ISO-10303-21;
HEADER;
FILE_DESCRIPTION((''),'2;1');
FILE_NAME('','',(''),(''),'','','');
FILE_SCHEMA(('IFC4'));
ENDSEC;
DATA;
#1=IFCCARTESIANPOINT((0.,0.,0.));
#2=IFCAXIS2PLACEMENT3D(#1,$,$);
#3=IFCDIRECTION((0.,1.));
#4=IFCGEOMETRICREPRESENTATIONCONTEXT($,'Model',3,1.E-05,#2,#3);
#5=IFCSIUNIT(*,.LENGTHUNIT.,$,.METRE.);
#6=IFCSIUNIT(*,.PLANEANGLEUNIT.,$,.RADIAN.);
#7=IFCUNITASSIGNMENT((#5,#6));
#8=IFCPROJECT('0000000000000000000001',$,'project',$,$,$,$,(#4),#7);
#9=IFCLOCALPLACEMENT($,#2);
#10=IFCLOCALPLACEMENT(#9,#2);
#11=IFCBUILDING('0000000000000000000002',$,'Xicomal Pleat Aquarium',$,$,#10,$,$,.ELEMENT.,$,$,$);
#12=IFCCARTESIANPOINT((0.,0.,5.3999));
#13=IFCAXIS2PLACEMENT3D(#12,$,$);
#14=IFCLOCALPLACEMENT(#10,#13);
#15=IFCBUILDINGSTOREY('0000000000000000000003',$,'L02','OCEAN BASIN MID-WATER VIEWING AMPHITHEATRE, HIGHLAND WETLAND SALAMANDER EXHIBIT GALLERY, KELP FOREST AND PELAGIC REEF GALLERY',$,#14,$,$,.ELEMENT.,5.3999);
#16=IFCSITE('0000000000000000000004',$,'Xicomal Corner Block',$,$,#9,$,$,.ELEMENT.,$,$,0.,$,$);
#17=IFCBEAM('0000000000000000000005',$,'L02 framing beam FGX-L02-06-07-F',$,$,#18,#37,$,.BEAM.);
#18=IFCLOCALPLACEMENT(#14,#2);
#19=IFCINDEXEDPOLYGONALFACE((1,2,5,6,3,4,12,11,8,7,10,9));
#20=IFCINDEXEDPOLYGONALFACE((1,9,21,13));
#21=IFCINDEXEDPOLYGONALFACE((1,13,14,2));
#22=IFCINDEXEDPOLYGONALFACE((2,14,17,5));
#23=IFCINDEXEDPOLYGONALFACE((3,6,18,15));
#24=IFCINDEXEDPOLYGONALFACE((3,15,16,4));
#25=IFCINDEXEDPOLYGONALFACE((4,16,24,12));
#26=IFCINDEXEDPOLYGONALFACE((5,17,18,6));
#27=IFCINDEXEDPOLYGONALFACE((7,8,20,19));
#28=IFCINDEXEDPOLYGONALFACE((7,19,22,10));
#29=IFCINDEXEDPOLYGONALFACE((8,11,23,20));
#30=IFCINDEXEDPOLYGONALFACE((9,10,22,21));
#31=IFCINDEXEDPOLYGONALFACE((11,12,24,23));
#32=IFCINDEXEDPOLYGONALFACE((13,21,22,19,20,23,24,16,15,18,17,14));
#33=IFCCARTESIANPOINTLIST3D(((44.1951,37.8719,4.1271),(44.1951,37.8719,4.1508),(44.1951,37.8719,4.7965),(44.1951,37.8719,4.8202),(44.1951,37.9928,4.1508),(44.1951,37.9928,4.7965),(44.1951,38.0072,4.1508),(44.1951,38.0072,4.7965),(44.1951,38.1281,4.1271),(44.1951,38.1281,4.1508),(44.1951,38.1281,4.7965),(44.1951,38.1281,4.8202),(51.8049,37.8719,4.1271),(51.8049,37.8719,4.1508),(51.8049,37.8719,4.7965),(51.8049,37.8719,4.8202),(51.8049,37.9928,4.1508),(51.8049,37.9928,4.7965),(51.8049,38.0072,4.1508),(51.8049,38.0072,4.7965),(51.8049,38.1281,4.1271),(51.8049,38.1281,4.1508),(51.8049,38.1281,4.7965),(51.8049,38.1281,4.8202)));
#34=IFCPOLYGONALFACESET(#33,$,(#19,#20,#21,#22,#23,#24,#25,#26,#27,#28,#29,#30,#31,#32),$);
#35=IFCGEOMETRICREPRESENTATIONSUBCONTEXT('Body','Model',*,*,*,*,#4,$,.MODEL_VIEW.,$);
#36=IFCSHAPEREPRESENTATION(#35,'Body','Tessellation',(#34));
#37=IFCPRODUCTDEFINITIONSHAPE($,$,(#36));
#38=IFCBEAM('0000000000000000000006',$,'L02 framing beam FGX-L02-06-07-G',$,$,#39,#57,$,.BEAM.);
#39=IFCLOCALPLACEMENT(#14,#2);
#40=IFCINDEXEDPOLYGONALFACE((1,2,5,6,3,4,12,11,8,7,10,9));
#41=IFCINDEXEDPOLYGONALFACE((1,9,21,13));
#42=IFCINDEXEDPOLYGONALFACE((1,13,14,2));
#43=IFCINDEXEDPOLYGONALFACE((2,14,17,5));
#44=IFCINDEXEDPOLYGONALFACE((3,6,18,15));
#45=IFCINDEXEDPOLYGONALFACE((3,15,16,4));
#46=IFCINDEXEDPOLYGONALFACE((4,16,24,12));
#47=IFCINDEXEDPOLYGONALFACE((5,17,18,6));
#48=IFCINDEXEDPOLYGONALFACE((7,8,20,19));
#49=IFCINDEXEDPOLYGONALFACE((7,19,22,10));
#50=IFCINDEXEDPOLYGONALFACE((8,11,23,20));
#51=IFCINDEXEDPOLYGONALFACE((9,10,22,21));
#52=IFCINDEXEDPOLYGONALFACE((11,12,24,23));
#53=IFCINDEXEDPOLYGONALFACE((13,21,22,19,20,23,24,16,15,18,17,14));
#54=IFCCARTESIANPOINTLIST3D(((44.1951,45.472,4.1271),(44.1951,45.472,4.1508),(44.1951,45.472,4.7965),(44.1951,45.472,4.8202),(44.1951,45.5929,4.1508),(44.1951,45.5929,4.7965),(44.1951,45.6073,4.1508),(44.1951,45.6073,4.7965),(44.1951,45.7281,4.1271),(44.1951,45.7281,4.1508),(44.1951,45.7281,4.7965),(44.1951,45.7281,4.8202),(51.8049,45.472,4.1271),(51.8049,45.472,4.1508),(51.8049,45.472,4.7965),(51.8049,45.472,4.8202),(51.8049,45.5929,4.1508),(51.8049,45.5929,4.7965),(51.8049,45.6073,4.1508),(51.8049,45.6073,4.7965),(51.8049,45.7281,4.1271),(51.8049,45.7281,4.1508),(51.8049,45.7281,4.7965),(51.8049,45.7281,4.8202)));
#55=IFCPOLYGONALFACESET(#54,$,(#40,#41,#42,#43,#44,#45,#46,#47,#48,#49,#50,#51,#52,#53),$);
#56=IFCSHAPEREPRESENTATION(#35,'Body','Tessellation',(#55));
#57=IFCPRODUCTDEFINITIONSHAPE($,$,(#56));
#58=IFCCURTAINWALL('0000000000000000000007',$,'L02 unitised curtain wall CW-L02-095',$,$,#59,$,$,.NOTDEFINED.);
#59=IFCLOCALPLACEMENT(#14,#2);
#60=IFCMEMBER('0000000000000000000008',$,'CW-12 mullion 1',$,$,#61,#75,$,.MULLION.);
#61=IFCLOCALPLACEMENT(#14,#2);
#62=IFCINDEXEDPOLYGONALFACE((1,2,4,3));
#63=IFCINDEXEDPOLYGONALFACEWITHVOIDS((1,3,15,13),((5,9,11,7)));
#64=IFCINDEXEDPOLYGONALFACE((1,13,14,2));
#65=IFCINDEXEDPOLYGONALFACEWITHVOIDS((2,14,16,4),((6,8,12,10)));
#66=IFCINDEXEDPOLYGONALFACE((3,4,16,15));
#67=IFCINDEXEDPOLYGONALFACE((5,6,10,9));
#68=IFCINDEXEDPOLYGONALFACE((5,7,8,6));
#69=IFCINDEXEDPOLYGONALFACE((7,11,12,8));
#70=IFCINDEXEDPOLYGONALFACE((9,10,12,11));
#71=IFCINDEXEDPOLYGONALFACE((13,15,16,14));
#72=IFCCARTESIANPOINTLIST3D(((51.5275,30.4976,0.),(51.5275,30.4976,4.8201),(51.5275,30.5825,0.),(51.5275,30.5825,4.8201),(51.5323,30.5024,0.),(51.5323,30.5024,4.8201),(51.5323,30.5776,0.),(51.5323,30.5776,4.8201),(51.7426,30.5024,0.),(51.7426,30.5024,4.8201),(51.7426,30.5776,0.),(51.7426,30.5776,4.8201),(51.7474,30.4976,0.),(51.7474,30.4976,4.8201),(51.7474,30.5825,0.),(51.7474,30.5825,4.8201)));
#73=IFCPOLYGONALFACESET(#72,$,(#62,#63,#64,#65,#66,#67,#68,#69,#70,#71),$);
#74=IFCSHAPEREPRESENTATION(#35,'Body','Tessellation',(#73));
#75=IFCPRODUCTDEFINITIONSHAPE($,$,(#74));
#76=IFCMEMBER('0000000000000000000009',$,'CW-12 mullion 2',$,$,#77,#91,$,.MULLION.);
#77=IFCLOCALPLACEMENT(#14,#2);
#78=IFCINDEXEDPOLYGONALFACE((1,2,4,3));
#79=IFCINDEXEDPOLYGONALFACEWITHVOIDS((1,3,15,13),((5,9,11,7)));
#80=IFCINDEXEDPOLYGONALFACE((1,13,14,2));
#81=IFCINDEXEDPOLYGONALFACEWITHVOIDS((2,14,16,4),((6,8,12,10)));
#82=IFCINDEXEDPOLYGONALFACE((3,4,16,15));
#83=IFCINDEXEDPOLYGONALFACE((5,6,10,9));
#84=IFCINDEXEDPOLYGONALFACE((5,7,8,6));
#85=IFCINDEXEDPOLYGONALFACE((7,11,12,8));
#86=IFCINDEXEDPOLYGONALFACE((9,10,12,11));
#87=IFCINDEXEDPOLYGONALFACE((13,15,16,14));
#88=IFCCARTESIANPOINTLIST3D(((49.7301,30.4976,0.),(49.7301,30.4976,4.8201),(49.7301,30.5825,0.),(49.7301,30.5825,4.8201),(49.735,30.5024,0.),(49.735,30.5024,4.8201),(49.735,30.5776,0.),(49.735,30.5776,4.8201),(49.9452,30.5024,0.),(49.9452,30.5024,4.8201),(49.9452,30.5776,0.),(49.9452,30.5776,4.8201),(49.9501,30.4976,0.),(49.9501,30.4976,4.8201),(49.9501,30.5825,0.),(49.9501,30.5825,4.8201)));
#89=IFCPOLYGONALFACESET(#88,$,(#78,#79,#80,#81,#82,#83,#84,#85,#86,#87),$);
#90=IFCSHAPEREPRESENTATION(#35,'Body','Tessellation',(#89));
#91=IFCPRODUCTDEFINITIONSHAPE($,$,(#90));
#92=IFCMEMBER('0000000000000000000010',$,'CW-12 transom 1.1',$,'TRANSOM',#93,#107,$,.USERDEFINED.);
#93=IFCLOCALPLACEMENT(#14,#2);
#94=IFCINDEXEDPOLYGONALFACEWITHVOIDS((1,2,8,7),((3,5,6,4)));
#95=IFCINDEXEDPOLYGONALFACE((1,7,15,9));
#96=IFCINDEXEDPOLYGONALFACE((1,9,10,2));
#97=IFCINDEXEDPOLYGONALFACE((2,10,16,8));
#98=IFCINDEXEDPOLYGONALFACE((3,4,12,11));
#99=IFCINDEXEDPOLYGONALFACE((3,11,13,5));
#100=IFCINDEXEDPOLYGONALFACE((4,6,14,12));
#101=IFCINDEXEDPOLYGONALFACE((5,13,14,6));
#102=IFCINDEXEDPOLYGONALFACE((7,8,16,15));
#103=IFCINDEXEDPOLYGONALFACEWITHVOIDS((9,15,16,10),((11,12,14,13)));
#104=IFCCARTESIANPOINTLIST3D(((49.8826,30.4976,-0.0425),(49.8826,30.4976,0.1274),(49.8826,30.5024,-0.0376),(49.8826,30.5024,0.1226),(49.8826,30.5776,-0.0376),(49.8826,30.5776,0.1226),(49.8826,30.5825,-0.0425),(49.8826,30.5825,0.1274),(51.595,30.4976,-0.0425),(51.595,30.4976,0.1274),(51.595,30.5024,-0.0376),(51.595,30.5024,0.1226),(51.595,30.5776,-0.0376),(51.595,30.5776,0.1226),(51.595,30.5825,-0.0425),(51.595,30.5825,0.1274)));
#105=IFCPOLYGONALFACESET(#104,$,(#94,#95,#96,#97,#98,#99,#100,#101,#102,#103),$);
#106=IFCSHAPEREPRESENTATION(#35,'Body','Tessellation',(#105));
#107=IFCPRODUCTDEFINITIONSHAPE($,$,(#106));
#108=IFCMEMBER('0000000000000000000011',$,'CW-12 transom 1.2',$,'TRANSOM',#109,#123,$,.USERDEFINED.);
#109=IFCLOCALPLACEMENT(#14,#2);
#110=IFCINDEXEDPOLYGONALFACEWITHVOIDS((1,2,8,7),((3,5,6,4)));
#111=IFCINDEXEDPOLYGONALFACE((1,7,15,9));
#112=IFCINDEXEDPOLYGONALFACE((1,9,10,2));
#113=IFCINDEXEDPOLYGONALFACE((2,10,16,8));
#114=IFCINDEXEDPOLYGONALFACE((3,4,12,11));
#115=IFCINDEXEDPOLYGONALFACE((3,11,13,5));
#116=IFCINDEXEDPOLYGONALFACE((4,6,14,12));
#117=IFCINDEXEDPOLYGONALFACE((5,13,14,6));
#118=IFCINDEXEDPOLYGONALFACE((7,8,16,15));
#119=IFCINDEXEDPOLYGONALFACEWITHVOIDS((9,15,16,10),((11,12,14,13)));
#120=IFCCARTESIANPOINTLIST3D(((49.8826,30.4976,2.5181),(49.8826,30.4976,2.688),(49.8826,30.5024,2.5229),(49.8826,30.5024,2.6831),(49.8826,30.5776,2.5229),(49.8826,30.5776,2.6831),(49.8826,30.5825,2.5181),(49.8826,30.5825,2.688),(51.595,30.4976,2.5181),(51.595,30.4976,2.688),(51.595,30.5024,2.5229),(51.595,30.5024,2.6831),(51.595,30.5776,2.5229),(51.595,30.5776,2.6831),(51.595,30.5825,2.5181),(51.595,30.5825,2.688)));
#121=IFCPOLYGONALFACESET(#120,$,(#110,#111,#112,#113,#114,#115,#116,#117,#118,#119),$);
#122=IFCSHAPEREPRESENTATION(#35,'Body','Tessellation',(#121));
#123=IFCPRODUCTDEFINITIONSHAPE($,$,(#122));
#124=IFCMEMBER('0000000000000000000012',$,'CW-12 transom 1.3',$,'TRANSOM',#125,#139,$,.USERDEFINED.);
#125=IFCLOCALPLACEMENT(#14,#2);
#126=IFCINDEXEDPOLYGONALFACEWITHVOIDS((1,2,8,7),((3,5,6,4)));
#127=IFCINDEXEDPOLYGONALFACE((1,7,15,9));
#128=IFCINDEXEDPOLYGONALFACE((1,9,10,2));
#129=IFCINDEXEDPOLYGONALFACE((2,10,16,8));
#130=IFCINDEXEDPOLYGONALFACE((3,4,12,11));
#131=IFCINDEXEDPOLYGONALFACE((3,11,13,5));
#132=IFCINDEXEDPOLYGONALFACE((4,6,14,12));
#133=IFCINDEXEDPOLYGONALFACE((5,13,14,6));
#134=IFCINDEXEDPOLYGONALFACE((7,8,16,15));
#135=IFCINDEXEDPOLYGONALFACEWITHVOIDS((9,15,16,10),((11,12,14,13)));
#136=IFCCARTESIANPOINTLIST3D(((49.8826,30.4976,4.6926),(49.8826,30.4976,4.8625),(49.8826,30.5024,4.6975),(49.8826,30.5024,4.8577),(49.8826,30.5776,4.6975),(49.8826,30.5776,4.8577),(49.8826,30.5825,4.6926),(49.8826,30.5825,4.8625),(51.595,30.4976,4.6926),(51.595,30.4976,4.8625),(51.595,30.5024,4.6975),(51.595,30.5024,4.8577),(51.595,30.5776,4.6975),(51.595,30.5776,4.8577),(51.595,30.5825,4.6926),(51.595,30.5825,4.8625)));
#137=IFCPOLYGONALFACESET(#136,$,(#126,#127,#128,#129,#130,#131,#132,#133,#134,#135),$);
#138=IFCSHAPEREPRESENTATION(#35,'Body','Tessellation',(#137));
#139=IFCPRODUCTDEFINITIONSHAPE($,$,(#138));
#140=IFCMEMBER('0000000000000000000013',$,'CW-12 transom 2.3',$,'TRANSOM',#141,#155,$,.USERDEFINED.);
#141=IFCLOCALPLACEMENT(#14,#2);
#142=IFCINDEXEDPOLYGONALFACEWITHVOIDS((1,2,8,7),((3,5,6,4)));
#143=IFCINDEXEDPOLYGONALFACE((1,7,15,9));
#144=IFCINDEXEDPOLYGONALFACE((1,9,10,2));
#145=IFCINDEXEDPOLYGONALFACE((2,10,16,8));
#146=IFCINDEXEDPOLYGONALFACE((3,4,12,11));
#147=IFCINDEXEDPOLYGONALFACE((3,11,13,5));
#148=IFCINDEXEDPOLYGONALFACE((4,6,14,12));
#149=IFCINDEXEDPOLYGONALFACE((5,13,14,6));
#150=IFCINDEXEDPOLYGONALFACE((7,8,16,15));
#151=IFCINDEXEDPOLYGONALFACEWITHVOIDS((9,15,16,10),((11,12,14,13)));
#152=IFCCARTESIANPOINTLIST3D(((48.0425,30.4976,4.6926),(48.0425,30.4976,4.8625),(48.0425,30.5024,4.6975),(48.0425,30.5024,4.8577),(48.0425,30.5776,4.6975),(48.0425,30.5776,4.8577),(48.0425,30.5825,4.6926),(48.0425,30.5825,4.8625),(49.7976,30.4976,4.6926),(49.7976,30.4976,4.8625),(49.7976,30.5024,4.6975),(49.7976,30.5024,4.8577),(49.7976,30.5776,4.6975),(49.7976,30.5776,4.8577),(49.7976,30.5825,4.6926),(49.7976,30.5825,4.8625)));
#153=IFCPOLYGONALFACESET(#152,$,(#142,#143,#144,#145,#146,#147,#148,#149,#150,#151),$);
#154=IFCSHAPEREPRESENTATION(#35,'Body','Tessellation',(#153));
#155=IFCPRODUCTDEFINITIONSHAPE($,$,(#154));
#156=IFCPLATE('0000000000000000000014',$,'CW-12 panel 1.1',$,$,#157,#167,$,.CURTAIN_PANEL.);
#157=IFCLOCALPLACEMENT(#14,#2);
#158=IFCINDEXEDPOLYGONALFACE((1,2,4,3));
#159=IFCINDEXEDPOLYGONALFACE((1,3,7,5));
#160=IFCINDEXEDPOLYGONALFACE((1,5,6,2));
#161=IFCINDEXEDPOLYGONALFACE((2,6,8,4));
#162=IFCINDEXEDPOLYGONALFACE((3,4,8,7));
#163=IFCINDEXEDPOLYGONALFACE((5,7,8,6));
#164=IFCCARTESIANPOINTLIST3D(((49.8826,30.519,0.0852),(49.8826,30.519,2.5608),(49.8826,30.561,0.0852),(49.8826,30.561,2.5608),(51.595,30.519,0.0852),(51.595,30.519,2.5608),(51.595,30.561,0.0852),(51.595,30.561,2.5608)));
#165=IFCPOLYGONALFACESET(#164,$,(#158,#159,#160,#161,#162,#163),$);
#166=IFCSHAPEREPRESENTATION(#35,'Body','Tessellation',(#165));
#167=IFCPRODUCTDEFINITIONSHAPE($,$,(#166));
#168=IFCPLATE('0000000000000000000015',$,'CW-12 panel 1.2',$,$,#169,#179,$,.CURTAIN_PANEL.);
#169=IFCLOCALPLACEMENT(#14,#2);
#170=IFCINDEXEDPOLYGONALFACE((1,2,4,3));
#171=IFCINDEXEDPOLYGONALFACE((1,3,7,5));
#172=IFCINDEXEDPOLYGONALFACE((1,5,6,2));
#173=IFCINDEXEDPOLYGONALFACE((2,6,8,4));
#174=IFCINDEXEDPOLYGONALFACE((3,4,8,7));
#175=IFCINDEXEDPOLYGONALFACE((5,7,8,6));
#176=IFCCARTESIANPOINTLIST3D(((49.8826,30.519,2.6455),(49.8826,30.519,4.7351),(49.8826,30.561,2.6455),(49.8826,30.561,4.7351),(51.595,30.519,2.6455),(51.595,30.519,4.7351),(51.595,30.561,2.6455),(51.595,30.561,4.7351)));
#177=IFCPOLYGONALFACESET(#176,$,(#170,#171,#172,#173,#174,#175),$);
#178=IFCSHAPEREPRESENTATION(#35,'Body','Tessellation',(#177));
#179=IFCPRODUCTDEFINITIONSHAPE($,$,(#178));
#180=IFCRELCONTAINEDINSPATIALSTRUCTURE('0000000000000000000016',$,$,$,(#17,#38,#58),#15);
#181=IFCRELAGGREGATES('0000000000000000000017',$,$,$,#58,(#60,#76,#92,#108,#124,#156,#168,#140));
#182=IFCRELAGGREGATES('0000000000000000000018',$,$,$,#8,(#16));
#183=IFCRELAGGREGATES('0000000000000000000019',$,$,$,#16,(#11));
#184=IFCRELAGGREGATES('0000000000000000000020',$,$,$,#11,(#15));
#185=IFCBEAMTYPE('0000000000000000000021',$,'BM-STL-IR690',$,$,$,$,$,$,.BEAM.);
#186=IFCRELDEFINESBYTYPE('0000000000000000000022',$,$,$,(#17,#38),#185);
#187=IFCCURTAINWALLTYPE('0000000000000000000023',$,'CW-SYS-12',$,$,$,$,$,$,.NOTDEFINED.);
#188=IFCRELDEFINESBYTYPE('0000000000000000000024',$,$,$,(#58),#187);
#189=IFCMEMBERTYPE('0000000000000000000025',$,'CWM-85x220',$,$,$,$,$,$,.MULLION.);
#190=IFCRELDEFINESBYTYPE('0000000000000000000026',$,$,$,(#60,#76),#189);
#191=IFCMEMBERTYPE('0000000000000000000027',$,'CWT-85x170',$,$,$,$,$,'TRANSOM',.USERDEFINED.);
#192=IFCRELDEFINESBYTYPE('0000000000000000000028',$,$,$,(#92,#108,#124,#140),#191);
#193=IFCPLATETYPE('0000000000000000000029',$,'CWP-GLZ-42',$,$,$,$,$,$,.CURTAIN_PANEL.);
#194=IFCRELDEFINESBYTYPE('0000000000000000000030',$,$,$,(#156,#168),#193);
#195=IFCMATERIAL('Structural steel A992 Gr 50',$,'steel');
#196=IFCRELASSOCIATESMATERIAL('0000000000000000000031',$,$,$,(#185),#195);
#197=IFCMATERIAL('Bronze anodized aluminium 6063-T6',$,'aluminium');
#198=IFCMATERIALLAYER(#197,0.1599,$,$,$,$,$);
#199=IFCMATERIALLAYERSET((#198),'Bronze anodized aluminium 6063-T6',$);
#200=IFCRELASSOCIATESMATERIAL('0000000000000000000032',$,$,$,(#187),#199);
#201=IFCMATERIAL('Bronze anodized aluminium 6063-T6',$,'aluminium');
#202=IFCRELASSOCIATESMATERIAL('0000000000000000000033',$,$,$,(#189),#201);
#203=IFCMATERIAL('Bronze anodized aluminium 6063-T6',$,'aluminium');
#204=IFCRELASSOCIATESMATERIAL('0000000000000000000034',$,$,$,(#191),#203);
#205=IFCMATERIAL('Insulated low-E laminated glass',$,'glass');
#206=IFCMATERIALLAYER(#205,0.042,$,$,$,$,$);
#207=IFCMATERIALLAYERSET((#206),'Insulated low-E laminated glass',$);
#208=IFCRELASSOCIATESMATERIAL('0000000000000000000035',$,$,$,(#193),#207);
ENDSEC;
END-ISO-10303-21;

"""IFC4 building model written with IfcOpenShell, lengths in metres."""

from ifc_helpers import new_model, si_unit, direction, frame, origin, origin_2d, place, context, subcontext, project, spatial, rectangle, hollow_rectangle, i_section, extrude, material, layer, layer_set, material_profile, profile_set, type_object, element, aggregate, save


model = new_model("IFC4")

# Units and contexts
model_context = context("Model", 3, precision=1e-05, world=origin(), true_north=direction((0.0, 1.0)))
body_context = subcontext(model_context, "Body", "Model", "MODEL_VIEW")
ifc_project = project(units=[si_unit("LENGTHUNIT", "METRE"), si_unit("PLANEANGLEUNIT", "RADIAN")], contexts=[model_context])

# Site, building, storey
site_placement = place(None, origin())
site = spatial("IfcSite", under=ifc_project, at=site_placement, Name="Xicomal Corner Block", CompositionType="ELEMENT", RefElevation=0.0)
building_placement = place(site_placement, origin())
building = spatial("IfcBuilding", under=site, at=building_placement, Name="Xicomal Pleat Aquarium", CompositionType="ELEMENT")
storey_placement = place(building_placement, frame((0.0, 0.0, 5.3999)))
storey = spatial("IfcBuildingStorey", under=building, at=storey_placement, Name="L02", Description="OCEAN BASIN MID-WATER VIEWING AMPHITHEATRE, HIGHLAND WETLAND SALAMANDER EXHIBIT GALLERY, KELP FOREST AND PELAGIC REEF GALLERY", CompositionType="ELEMENT", Elevation=5.3999)

# Beams
ifc_material_1 = material(Name="Structural steel A992 Gr 50", Category="steel")
ifc_material_profile_1 = material_profile(ifc_material_1, i_section(OverallWidth=0.2561, OverallDepth=0.6931, WebThickness=0.0144, FlangeThickness=0.0237, at=origin_2d()), Name="IR 690x170")
ifc_profile_set_1 = profile_set([ifc_material_profile_1], Name="Structural steel A992 Gr 50")
beam_type_1 = type_object("IfcBeamType", Name="BM-STL-IR690", PredefinedType="BEAM", material=ifc_profile_set_1)
for number, where, z_axis, x_axis, name in (
    (1, (44.1951, 38.0, 4.4736), (1.0, 0.0, 0.0), (0.0, 1.0, 0.0), "L02 framing beam FGX-L02-06-07-F"),
    (2, (44.1951, 45.6001, 4.4736), (1.0, 0.0, 0.0), (0.0, 1.0, 0.0), "L02 framing beam FGX-L02-06-07-G"),
):
    element("IfcBeam", number, at=place(storey_placement, frame(where, z_axis=z_axis, x_axis=x_axis)), inside=storey, type_object=beam_type_1, Name=name, PredefinedType="BEAM", context=body_context, shape_type="SweptSolid", body=[
        extrude(i_section(OverallWidth=0.2561, OverallDepth=0.6931, WebThickness=0.0144, FlangeThickness=0.0237, at=origin_2d()), origin(), (0.0, 0.0, 1.0), 7.6099),
    ])

# Curtain wall, members, plates
ifc_material_2 = material(Name="Bronze anodized aluminium 6063-T6", Category="aluminium")
ifc_layer_1 = layer(ifc_material_2, 0.1599)
ifc_layer_set_1 = layer_set([ifc_layer_1], Name="Bronze anodized aluminium 6063-T6")
curtain_wall_type = type_object("IfcCurtainWallType", Name="CW-SYS-12", PredefinedType="NOTDEFINED", material=ifc_layer_set_1)
curtain_wall_placement = place(storey_placement, origin())
curtain_wall = element("IfcCurtainWall", 3, at=curtain_wall_placement, inside=storey, type_object=curtain_wall_type, Name="L02 unitised curtain wall CW-L02-095", PredefinedType="NOTDEFINED")
ifc_material_3 = material(Name="Bronze anodized aluminium 6063-T6", Category="aluminium")
ifc_material_profile_2 = material_profile(ifc_material_3, hollow_rectangle(XDim=0.085, YDim=0.22, WallThickness=0.0049, at=origin_2d()), Name="ALU MULL 85x220")
ifc_profile_set_2 = profile_set([ifc_material_profile_2], Name="Bronze anodized aluminium 6063-T6")
member_type_1 = type_object("IfcMemberType", Name="CWM-85x220", PredefinedType="MULLION", material=ifc_profile_set_2)
member_1_placement = place(storey_placement, frame((51.6375, 30.54, 0.0), z_axis=(0.0, 0.0, 1.0), x_axis=(0.0, -1.0, 0.0)))
member_1 = element("IfcMember", 4, at=member_1_placement, type_object=member_type_1, Name="CW-12 mullion 1", PredefinedType="MULLION", context=body_context, shape_type="SweptSolid", body=[
    extrude(hollow_rectangle(XDim=0.085, YDim=0.22, WallThickness=0.0049, at=origin_2d()), origin(), (0.0, 0.0, 1.0), 4.8201),
])
member_2_placement = place(storey_placement, frame((49.8401, 30.54, 0.0), z_axis=(0.0, 0.0, 1.0), x_axis=(0.0, -1.0, 0.0)))
member_2 = element("IfcMember", 5, at=member_2_placement, type_object=member_type_1, Name="CW-12 mullion 2", PredefinedType="MULLION", context=body_context, shape_type="SweptSolid", body=[
    extrude(hollow_rectangle(XDim=0.085, YDim=0.22, WallThickness=0.0049, at=origin_2d()), origin(), (0.0, 0.0, 1.0), 4.8201),
])
ifc_material_4 = material(Name="Bronze anodized aluminium 6063-T6", Category="aluminium")
ifc_material_profile_3 = material_profile(ifc_material_4, hollow_rectangle(XDim=0.085, YDim=0.1699, WallThickness=0.0049, at=origin_2d()), Name="ALU TRAN 85x170")
ifc_profile_set_3 = profile_set([ifc_material_profile_3], Name="Bronze anodized aluminium 6063-T6")
member_type_2 = type_object("IfcMemberType", Name="CWT-85x170", ElementType="TRANSOM", PredefinedType="USERDEFINED", material=ifc_profile_set_3)
member_3_placement = place(storey_placement, frame((51.595, 30.54, 0.0425), z_axis=(-1.0, 0.0, 0.0), x_axis=(0.0, -1.0, 0.0)))
member_3 = element("IfcMember", 6, at=member_3_placement, type_object=member_type_2, Name="CW-12 transom 1.1", ObjectType="TRANSOM", PredefinedType="USERDEFINED", context=body_context, shape_type="SweptSolid", body=[
    extrude(hollow_rectangle(XDim=0.085, YDim=0.1699, WallThickness=0.0049, at=origin_2d()), origin(), (0.0, 0.0, 1.0), 1.7124),
])
member_4_placement = place(storey_placement, frame((51.595, 30.54, 2.603), z_axis=(-1.0, 0.0, 0.0), x_axis=(0.0, -1.0, 0.0)))
member_4 = element("IfcMember", 7, at=member_4_placement, type_object=member_type_2, Name="CW-12 transom 1.2", ObjectType="TRANSOM", PredefinedType="USERDEFINED", context=body_context, shape_type="SweptSolid", body=[
    extrude(hollow_rectangle(XDim=0.085, YDim=0.1699, WallThickness=0.0049, at=origin_2d()), origin(), (0.0, 0.0, 1.0), 1.7124),
])
member_5_placement = place(storey_placement, frame((51.595, 30.54, 4.7776), z_axis=(-1.0, 0.0, 0.0), x_axis=(0.0, -1.0, 0.0)))
member_5 = element("IfcMember", 8, at=member_5_placement, type_object=member_type_2, Name="CW-12 transom 1.3", ObjectType="TRANSOM", PredefinedType="USERDEFINED", context=body_context, shape_type="SweptSolid", body=[
    extrude(hollow_rectangle(XDim=0.085, YDim=0.1699, WallThickness=0.0049, at=origin_2d()), origin(), (0.0, 0.0, 1.0), 1.7124),
])
member_6_placement = place(storey_placement, frame((49.7976, 30.54, 4.7776), z_axis=(-1.0, 0.0, 0.0), x_axis=(0.0, -1.0, 0.0)))
member_6 = element("IfcMember", 9, at=member_6_placement, type_object=member_type_2, Name="CW-12 transom 2.3", ObjectType="TRANSOM", PredefinedType="USERDEFINED", context=body_context, shape_type="SweptSolid", body=[
    extrude(hollow_rectangle(XDim=0.085, YDim=0.1699, WallThickness=0.0049, at=origin_2d()), origin(), (0.0, 0.0, 1.0), 1.7551),
])
ifc_material_5 = material(Name="Insulated low-E laminated glass", Category="glass")
ifc_layer_2 = layer(ifc_material_5, 0.042)
ifc_layer_set_2 = layer_set([ifc_layer_2], Name="Insulated low-E laminated glass")
plate_type = type_object("IfcPlateType", Name="CWP-GLZ-42", PredefinedType="CURTAIN_PANEL", material=ifc_layer_set_2)
plate_1_placement = place(storey_placement, frame((50.7388, 30.54, 0.0852), z_axis=(0.0, 0.0, 1.0), x_axis=(-1.0, 0.0, 0.0)))
plate_1 = element("IfcPlate", 10, at=plate_1_placement, type_object=plate_type, Name="CW-12 panel 1.1", PredefinedType="CURTAIN_PANEL", context=body_context, shape_type="SweptSolid", body=[
    extrude(rectangle(XDim=1.7124, YDim=0.042, at=origin_2d()), origin(), (0.0, 0.0, 1.0), 2.4756),
])
plate_2_placement = place(storey_placement, frame((50.7388, 30.54, 2.6455), z_axis=(0.0, 0.0, 1.0), x_axis=(-1.0, 0.0, 0.0)))
plate_2 = element("IfcPlate", 11, at=plate_2_placement, type_object=plate_type, Name="CW-12 panel 1.2", PredefinedType="CURTAIN_PANEL", context=body_context, shape_type="SweptSolid", body=[
    extrude(rectangle(XDim=1.7124, YDim=0.042, at=origin_2d()), origin(), (0.0, 0.0, 1.0), 2.0896),
])
aggregate(curtain_wall, [member_1, member_2, member_3, member_4, member_5, plate_1, plate_2, member_6])

save(model, "model.ifc")
